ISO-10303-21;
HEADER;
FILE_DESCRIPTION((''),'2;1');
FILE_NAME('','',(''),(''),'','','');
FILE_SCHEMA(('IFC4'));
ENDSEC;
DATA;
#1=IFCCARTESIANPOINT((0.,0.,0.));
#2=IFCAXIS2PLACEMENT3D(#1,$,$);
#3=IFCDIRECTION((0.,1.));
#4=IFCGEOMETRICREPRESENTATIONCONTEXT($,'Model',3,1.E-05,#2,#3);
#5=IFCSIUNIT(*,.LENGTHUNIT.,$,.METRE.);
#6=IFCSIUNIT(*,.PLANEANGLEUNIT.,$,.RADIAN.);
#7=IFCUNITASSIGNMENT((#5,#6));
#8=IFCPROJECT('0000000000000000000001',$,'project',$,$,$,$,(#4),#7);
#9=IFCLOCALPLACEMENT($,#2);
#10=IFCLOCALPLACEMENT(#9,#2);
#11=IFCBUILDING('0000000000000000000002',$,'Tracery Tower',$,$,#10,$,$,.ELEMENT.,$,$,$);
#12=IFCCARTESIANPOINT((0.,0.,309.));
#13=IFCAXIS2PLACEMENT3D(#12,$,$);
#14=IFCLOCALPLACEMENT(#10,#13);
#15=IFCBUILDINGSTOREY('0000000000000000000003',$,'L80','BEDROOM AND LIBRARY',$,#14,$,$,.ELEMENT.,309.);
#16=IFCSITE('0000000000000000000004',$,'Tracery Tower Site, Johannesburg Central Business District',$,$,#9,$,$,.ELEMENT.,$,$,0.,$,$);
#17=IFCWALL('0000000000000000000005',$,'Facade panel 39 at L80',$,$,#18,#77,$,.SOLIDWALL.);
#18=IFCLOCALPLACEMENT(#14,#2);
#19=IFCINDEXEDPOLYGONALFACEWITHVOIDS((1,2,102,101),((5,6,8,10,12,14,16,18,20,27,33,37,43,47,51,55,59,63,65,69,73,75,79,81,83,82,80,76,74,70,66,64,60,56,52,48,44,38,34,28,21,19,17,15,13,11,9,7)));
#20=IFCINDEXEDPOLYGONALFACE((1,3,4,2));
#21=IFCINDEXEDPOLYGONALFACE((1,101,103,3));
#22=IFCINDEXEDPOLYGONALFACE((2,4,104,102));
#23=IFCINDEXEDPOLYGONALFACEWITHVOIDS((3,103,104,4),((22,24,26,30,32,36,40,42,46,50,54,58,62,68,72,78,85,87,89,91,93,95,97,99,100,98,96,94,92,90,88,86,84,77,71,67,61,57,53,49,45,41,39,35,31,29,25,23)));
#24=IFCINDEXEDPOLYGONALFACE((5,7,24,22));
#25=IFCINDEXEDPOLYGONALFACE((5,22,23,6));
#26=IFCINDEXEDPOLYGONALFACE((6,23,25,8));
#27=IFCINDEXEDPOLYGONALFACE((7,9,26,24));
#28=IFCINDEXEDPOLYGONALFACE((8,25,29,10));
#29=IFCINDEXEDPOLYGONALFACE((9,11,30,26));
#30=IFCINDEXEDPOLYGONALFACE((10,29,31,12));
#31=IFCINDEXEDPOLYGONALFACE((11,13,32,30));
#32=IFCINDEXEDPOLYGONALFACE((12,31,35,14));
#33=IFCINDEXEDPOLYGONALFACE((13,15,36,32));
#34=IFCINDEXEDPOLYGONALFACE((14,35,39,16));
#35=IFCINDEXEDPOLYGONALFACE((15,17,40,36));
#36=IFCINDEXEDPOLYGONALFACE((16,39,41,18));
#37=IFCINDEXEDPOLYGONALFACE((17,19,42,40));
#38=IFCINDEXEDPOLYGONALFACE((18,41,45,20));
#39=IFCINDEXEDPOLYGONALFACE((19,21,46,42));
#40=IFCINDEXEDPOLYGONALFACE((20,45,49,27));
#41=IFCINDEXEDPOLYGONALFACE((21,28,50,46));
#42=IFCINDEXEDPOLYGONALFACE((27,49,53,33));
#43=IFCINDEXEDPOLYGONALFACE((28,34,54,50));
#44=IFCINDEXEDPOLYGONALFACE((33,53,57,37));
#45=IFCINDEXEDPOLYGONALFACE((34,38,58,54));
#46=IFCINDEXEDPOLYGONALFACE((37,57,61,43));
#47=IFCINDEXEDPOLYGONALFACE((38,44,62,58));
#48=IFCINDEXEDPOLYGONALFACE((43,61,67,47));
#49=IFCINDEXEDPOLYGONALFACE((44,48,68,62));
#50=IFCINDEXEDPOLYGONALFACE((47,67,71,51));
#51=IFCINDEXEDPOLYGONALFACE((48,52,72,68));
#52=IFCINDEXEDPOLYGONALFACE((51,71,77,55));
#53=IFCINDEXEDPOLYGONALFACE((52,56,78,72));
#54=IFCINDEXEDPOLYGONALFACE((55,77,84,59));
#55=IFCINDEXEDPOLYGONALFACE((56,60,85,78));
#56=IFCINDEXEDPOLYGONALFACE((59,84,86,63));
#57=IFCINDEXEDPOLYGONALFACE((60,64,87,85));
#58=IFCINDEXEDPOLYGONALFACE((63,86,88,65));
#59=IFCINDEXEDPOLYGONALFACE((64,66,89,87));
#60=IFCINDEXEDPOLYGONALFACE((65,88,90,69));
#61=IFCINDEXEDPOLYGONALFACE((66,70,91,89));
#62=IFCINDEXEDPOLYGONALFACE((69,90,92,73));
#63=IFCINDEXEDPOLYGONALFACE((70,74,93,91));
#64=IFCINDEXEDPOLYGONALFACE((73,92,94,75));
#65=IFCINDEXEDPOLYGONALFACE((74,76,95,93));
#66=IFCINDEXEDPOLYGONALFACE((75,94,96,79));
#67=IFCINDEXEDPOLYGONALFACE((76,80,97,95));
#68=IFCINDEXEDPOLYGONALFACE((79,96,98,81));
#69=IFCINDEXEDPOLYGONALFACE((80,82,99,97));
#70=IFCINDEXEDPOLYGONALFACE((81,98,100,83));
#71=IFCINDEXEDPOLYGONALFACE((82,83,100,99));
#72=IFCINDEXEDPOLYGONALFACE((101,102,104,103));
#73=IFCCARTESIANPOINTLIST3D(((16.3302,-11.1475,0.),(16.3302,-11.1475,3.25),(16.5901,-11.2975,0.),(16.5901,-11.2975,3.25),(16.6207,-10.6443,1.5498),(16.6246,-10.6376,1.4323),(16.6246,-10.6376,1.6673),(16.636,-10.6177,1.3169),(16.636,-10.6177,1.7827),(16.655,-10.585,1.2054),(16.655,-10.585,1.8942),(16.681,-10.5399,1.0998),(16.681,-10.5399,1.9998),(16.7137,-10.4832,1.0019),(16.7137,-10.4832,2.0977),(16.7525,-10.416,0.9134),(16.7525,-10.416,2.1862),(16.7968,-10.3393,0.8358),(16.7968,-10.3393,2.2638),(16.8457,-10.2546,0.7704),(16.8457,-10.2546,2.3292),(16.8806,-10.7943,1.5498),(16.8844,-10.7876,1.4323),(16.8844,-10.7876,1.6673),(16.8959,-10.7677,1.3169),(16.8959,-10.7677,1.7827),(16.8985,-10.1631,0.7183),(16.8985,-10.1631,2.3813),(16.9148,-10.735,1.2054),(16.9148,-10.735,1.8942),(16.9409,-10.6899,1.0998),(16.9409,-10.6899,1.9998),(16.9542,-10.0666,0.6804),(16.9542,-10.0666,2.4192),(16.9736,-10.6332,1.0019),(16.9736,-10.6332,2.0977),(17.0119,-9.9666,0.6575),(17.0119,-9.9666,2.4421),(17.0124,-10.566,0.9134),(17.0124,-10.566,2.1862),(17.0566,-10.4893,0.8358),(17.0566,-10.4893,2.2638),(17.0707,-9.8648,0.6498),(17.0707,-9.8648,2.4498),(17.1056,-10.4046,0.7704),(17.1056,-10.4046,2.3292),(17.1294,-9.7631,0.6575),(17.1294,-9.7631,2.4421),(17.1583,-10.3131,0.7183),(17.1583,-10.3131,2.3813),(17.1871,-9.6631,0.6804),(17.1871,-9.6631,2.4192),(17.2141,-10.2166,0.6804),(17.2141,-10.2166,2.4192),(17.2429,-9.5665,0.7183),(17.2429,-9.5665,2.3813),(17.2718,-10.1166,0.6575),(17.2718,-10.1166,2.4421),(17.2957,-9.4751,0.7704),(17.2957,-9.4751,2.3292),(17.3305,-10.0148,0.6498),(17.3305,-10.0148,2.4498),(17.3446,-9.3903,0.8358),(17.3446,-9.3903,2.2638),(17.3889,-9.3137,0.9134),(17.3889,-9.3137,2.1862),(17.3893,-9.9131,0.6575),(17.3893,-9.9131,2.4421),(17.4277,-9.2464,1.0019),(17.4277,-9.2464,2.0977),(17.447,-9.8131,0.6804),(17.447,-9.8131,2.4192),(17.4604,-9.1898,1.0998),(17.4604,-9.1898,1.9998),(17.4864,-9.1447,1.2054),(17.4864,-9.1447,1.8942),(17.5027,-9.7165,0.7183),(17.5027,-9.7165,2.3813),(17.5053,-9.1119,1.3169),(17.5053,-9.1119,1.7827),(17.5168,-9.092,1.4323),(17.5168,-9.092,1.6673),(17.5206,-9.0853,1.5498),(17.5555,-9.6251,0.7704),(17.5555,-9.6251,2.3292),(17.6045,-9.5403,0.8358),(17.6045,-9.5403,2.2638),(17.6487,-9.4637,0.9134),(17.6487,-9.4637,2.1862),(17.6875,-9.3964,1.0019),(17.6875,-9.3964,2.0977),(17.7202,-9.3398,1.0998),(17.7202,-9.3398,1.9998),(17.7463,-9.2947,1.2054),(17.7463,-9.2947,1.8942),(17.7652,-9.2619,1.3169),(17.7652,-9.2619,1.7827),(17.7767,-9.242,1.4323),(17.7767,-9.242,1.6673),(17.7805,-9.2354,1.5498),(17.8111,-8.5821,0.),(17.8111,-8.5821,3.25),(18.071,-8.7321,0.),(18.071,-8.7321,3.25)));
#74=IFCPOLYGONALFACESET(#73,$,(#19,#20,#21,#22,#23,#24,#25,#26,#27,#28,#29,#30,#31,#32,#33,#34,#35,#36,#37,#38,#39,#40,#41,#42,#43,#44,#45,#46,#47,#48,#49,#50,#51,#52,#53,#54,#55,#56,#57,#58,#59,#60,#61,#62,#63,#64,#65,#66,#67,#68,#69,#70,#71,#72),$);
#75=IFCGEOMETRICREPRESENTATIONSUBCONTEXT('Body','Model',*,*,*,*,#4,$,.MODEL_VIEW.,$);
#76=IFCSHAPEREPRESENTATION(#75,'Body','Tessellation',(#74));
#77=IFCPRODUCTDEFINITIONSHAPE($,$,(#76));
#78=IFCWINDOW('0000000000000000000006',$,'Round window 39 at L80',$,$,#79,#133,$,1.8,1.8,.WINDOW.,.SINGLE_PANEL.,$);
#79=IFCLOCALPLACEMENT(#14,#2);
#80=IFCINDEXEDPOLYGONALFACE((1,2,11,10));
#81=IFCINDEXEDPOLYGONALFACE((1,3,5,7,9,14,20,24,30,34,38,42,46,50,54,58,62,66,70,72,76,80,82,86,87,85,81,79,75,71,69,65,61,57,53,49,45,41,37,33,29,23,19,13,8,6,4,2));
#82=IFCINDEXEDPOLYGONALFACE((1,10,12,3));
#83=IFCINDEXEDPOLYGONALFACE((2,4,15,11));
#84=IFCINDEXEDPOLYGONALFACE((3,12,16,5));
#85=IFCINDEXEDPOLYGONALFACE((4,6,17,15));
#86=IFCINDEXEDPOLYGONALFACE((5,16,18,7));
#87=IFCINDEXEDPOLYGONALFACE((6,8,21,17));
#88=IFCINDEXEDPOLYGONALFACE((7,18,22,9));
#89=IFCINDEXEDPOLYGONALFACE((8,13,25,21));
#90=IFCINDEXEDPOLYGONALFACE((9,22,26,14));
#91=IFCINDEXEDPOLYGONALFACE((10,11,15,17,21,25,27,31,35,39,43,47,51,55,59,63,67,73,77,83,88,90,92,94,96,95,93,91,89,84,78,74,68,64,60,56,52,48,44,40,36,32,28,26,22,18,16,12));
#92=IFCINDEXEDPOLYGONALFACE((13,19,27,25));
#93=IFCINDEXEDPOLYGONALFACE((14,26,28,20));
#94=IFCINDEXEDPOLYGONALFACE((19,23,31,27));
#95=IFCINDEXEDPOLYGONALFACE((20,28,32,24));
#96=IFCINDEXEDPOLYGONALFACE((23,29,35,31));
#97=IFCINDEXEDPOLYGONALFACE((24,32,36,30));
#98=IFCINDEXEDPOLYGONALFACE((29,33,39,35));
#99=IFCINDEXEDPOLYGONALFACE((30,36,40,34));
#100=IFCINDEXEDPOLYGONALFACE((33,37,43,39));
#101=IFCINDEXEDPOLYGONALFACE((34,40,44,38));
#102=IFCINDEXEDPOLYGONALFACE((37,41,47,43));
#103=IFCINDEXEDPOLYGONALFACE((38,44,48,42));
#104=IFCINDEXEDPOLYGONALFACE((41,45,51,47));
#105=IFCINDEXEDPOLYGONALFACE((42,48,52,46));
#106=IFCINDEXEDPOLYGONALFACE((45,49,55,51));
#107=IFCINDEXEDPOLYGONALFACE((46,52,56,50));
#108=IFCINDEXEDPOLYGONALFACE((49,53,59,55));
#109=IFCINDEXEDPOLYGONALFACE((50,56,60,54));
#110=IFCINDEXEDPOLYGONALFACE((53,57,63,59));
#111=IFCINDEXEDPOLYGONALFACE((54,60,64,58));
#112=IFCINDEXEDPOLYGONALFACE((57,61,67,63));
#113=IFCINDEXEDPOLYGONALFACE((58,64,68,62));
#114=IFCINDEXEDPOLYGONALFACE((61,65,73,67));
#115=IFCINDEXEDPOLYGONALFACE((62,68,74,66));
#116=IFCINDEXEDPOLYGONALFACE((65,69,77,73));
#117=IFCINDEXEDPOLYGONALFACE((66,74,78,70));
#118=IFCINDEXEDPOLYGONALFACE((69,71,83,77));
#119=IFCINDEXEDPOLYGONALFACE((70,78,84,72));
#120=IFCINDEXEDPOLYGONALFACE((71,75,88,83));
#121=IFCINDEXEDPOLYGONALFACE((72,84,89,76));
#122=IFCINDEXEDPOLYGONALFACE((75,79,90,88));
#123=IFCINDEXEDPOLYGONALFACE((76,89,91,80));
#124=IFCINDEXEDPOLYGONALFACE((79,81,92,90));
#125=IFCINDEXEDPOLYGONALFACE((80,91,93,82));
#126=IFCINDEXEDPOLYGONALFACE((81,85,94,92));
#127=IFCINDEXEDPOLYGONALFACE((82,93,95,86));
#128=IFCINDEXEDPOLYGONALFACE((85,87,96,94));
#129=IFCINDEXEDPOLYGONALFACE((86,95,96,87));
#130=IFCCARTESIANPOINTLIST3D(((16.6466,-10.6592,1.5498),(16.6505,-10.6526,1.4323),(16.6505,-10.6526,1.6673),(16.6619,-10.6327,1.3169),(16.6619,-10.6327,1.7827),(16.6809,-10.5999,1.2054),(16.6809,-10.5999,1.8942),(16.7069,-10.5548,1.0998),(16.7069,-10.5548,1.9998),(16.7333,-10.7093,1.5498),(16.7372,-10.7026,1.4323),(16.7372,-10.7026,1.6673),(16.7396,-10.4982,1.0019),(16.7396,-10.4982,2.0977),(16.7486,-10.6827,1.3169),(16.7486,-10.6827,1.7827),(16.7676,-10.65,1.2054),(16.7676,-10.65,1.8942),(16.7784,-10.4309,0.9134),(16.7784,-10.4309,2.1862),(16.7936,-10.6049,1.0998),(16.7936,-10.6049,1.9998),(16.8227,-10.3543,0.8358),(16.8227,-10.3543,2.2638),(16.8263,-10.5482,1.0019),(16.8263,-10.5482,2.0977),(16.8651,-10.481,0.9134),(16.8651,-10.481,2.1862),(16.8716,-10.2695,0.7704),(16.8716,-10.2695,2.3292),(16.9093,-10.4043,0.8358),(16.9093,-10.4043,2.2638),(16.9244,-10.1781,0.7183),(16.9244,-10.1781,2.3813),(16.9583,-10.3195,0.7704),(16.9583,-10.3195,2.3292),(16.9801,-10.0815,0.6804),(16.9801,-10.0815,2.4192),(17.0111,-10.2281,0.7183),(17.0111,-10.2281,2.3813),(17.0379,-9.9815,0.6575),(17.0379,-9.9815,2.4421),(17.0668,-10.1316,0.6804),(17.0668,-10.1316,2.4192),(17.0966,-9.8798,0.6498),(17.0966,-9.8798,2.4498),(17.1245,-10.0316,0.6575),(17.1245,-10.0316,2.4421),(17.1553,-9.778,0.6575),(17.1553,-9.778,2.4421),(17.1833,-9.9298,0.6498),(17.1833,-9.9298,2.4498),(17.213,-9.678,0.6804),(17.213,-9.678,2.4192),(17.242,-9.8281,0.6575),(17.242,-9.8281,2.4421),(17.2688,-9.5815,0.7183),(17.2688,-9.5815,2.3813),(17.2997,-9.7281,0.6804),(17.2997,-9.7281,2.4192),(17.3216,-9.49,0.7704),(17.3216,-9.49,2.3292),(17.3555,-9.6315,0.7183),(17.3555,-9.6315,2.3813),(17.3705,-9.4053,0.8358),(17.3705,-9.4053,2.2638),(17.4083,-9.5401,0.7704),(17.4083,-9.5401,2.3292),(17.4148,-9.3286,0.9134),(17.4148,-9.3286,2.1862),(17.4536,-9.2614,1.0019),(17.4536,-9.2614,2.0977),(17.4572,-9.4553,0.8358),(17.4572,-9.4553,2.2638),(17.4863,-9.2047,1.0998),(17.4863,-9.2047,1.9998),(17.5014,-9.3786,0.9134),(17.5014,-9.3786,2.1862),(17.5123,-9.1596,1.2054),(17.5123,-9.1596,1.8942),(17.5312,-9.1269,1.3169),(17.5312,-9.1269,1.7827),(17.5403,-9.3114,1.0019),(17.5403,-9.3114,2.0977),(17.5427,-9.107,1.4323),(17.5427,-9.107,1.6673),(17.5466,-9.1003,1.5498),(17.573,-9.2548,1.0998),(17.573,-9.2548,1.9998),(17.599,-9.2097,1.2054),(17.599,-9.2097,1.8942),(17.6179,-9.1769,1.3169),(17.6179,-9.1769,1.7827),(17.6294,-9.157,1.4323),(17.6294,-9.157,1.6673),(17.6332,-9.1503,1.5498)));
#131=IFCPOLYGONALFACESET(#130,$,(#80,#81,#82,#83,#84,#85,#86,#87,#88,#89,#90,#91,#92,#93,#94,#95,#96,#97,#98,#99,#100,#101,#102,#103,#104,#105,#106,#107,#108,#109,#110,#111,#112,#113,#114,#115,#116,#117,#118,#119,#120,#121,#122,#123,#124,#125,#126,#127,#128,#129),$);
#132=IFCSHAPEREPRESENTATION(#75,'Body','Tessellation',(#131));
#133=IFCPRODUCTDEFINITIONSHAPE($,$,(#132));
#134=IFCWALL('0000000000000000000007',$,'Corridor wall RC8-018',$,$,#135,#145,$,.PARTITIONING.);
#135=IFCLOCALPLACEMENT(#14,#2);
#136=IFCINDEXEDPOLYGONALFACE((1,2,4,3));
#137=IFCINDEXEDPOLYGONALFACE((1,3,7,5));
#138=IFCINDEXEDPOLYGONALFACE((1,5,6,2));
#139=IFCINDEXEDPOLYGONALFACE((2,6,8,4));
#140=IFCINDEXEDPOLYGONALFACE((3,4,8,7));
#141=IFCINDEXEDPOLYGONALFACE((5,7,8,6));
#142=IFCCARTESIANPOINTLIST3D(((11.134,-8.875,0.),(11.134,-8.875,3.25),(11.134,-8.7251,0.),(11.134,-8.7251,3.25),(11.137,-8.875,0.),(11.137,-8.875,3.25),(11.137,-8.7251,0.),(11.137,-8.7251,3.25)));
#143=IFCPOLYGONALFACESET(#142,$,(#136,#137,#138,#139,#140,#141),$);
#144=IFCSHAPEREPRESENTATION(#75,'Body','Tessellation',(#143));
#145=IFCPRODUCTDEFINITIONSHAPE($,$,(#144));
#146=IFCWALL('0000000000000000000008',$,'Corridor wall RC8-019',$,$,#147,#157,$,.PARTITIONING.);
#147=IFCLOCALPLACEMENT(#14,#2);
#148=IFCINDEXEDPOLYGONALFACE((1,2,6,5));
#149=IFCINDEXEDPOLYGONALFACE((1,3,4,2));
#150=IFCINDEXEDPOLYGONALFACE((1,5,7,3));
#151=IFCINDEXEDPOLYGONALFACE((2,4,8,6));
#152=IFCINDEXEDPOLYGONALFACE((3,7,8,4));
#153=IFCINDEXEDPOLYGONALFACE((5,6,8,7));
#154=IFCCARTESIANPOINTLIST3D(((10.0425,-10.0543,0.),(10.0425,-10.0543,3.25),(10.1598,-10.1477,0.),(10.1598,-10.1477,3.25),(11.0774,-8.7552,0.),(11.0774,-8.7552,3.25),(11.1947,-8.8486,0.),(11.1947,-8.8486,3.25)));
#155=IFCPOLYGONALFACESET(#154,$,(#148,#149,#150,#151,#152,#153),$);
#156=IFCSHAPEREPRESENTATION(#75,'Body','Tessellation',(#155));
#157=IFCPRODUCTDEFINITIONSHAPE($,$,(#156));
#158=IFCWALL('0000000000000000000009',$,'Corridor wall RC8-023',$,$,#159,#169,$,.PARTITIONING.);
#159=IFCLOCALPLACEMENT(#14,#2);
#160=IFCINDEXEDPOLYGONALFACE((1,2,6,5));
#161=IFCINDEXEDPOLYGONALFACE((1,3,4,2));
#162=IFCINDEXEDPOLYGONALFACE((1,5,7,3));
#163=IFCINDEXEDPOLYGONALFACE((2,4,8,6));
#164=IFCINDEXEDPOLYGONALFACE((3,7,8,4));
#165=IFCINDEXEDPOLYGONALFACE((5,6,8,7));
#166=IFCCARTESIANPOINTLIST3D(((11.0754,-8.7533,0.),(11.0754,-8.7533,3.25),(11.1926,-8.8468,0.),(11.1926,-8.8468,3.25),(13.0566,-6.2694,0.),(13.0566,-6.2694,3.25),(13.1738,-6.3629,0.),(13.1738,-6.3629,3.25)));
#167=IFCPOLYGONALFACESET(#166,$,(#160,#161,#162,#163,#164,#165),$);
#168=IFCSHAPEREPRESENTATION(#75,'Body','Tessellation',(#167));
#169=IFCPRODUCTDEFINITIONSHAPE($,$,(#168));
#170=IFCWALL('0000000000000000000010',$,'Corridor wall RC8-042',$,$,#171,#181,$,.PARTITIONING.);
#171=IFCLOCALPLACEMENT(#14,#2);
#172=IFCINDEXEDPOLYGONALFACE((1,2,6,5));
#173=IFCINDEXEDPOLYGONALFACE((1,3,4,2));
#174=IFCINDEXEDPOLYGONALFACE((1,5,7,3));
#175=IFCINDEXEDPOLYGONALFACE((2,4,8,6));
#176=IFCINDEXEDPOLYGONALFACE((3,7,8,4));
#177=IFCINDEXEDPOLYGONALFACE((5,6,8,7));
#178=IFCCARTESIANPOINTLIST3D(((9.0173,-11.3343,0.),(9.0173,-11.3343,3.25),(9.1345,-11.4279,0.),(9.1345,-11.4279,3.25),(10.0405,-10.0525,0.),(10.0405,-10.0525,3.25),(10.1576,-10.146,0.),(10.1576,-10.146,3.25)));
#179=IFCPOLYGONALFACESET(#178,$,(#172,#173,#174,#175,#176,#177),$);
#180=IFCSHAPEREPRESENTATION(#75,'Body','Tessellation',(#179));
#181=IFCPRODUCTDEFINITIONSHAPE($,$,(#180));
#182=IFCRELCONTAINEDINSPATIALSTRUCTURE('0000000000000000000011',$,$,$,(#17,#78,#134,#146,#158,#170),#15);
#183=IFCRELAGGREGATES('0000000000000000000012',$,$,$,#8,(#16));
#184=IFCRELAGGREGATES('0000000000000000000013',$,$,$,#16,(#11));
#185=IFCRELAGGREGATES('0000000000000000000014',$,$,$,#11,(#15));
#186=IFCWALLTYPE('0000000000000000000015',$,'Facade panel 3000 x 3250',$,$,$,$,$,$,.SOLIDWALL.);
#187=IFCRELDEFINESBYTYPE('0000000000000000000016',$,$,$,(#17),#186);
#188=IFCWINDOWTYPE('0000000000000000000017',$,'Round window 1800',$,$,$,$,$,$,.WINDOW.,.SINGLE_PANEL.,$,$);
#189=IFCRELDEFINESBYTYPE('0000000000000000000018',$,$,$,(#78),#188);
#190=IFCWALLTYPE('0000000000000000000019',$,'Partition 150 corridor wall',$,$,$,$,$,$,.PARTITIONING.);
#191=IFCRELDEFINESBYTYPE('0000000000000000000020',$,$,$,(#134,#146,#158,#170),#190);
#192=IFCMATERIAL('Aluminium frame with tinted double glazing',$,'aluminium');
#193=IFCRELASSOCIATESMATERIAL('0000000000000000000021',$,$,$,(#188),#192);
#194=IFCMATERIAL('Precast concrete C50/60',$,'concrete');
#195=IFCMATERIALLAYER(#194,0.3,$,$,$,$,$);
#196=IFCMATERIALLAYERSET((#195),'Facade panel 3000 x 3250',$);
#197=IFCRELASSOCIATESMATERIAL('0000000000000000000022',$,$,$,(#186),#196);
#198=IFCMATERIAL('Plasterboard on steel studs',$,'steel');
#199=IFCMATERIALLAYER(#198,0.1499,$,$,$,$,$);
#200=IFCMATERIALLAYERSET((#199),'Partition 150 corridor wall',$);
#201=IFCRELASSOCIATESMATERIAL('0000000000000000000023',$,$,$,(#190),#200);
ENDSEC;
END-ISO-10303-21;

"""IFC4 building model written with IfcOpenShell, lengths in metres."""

from ifc_helpers import new_model, si_unit, direction, frame, frame_2d, origin, origin_2d, place, context, subcontext, project, spatial, rectangle, circle, extrude, material, layer, layer_set, type_object, element, fill, save


model = new_model("IFC4")

# Units and contexts
model_context = context("Model", 3, precision=1e-05, world=origin(), true_north=direction((0.0, 1.0)))
body_context = subcontext(model_context, "Body", "Model", "MODEL_VIEW")
ifc_project = project(units=[si_unit("LENGTHUNIT", "METRE"), si_unit("PLANEANGLEUNIT", "RADIAN")], contexts=[model_context])

# Site, building, storey
site_placement = place(None, origin())
site = spatial("IfcSite", under=ifc_project, at=site_placement, Name="Tracery Tower Site, Johannesburg Central Business District", CompositionType="ELEMENT", RefElevation=0.0)
building_placement = place(site_placement, origin())
building = spatial("IfcBuilding", under=site, at=building_placement, Name="Tracery Tower", CompositionType="ELEMENT")
storey_placement = place(building_placement, frame((0.0, 0.0, 309.0)))
storey = spatial("IfcBuildingStorey", under=building, at=storey_placement, Name="L80", Description="BEDROOM AND LIBRARY", CompositionType="ELEMENT", Elevation=309.0)

# Wall, opening, window
ifc_material_1 = material(Name="Aluminium frame with tinted double glazing", Category="aluminium")
window_type = type_object("IfcWindowType", Name="Round window 1800", PartitioningType="SINGLE_PANEL", PredefinedType="WINDOW", material=ifc_material_1)
ifc_material_2 = material(Name="Precast concrete C50/60", Category="concrete")
ifc_layer_1 = layer(ifc_material_2, 0.3)
ifc_layer_set_1 = layer_set([ifc_layer_1], Name="Facade panel 3000 x 3250")
wall_type_1 = type_object("IfcWallType", Name="Facade panel 3000 x 3250", PredefinedType="SOLIDWALL", material=ifc_layer_set_1)
wall_1_placement = place(storey_placement, frame((16.4602, -11.2224, 0.0), z_axis=(0.0, 0.0, 1.0), x_axis=(0.499951, 0.866054, 0.0)))
wall_1 = element("IfcWall", 1, at=wall_1_placement, inside=storey, type_object=wall_type_1, Name="Facade panel 39 at L80", PredefinedType="SOLIDWALL", context=body_context, shape_type="SweptSolid", body=[
    extrude(rectangle(XDim=2.9622, YDim=0.3, at=frame_2d((1.481, 0.0))), origin(), (0.0, 0.0, 1.0), 3.25),
])
opening_1_placement = place(wall_1_placement, frame((1.481, 0.0, 1.5498)))
opening_1 = element("IfcOpeningElement", 2, at=opening_1_placement, cuts=wall_1, PredefinedType="OPENING", context=body_context, shape_type="SweptSolid", body=[
    extrude(circle(Radius=0.9, at=origin_2d()), frame((0.0, 0.1599, 0.0), z_axis=(0.0, -1.0, 0.0), x_axis=(1.0, 0.0, 0.0)), (0.0, 0.0, 1.0), 0.3201),
])
window_1_placement = place(opening_1_placement, origin())
window_1 = element("IfcWindow", 3, at=window_1_placement, inside=storey, type_object=window_type, Name="Round window 39 at L80", OverallHeight=1.8, OverallWidth=1.8, PartitioningType="SINGLE_PANEL", PredefinedType="WINDOW", context=body_context, shape_type="SweptSolid", body=[
    extrude(circle(Radius=0.9, at=origin_2d()), frame((0.0, 0.1201, 0.0), z_axis=(0.0, -1.0, 0.0), x_axis=(1.0, 0.0, 0.0)), (0.0, 0.0, 1.0), 0.1001),
])
fill(opening_1, window_1)

# Walls
ifc_material_3 = material(Name="Plasterboard on steel studs", Category="steel")
ifc_layer_2 = layer(ifc_material_3, 0.1499)
ifc_layer_set_2 = layer_set([ifc_layer_2], Name="Partition 150 corridor wall")
wall_type_2 = type_object("IfcWallType", Name="Partition 150 corridor wall", PredefinedType="PARTITIONING", material=ifc_layer_set_2)
wall_2_placement = place(storey_placement, frame((11.137, -8.8, 0.0), z_axis=(0.0, 0.0, 1.0), x_axis=(-1.0, 0.0, 0.0)))
element("IfcWall", 4, at=wall_2_placement, inside=storey, type_object=wall_type_2, Name="Corridor wall RC8-018", PredefinedType="PARTITIONING", context=body_context, shape_type="SweptSolid", body=[
    extrude(rectangle(XDim=0.0029, YDim=0.1499, at=frame_2d((0.0015, 0.0))), origin(), (0.0, 0.0, 1.0), 3.25),
])
wall_3_placement = place(storey_placement, frame((10.1011, -10.1011, 0.0), z_axis=(0.0, 0.0, 1.0), x_axis=(0.623098, 0.782143, 0.0)))
element("IfcWall", 5, at=wall_3_placement, inside=storey, type_object=wall_type_2, Name="Corridor wall RC8-019", PredefinedType="PARTITIONING", context=body_context, shape_type="SweptSolid", body=[
    extrude(rectangle(XDim=1.6609, YDim=0.1499, at=frame_2d((0.8306, 0.0))), origin(), (0.0, 0.0, 1.0), 3.25),
])
wall_4_placement = place(storey_placement, frame((11.134, -8.8, 0.0), z_axis=(0.0, 0.0, 1.0), x_axis=(0.623561, 0.781775, 0.0)))
element("IfcWall", 6, at=wall_4_placement, inside=storey, type_object=wall_type_2, Name="Corridor wall RC8-023", PredefinedType="PARTITIONING", context=body_context, shape_type="SweptSolid", body=[
    extrude(rectangle(XDim=3.1772, YDim=0.1499, at=frame_2d((1.5886, 0.0))), origin(), (0.0, 0.0, 1.0), 3.25),
])
wall_5_placement = place(storey_placement, frame((9.0759, -11.3811, 0.0), z_axis=(0.0, 0.0, 1.0), x_axis=(0.623805, 0.78158, 0.0)))
element("IfcWall", 7, at=wall_5_placement, inside=storey, type_object=wall_type_2, Name="Corridor wall RC8-042", PredefinedType="PARTITIONING", context=body_context, shape_type="SweptSolid", body=[
    extrude(rectangle(XDim=1.6401, YDim=0.1499, at=frame_2d((0.8201, 0.0))), origin(), (0.0, 0.0, 1.0), 3.25),
])

save(model, "model.ifc")
